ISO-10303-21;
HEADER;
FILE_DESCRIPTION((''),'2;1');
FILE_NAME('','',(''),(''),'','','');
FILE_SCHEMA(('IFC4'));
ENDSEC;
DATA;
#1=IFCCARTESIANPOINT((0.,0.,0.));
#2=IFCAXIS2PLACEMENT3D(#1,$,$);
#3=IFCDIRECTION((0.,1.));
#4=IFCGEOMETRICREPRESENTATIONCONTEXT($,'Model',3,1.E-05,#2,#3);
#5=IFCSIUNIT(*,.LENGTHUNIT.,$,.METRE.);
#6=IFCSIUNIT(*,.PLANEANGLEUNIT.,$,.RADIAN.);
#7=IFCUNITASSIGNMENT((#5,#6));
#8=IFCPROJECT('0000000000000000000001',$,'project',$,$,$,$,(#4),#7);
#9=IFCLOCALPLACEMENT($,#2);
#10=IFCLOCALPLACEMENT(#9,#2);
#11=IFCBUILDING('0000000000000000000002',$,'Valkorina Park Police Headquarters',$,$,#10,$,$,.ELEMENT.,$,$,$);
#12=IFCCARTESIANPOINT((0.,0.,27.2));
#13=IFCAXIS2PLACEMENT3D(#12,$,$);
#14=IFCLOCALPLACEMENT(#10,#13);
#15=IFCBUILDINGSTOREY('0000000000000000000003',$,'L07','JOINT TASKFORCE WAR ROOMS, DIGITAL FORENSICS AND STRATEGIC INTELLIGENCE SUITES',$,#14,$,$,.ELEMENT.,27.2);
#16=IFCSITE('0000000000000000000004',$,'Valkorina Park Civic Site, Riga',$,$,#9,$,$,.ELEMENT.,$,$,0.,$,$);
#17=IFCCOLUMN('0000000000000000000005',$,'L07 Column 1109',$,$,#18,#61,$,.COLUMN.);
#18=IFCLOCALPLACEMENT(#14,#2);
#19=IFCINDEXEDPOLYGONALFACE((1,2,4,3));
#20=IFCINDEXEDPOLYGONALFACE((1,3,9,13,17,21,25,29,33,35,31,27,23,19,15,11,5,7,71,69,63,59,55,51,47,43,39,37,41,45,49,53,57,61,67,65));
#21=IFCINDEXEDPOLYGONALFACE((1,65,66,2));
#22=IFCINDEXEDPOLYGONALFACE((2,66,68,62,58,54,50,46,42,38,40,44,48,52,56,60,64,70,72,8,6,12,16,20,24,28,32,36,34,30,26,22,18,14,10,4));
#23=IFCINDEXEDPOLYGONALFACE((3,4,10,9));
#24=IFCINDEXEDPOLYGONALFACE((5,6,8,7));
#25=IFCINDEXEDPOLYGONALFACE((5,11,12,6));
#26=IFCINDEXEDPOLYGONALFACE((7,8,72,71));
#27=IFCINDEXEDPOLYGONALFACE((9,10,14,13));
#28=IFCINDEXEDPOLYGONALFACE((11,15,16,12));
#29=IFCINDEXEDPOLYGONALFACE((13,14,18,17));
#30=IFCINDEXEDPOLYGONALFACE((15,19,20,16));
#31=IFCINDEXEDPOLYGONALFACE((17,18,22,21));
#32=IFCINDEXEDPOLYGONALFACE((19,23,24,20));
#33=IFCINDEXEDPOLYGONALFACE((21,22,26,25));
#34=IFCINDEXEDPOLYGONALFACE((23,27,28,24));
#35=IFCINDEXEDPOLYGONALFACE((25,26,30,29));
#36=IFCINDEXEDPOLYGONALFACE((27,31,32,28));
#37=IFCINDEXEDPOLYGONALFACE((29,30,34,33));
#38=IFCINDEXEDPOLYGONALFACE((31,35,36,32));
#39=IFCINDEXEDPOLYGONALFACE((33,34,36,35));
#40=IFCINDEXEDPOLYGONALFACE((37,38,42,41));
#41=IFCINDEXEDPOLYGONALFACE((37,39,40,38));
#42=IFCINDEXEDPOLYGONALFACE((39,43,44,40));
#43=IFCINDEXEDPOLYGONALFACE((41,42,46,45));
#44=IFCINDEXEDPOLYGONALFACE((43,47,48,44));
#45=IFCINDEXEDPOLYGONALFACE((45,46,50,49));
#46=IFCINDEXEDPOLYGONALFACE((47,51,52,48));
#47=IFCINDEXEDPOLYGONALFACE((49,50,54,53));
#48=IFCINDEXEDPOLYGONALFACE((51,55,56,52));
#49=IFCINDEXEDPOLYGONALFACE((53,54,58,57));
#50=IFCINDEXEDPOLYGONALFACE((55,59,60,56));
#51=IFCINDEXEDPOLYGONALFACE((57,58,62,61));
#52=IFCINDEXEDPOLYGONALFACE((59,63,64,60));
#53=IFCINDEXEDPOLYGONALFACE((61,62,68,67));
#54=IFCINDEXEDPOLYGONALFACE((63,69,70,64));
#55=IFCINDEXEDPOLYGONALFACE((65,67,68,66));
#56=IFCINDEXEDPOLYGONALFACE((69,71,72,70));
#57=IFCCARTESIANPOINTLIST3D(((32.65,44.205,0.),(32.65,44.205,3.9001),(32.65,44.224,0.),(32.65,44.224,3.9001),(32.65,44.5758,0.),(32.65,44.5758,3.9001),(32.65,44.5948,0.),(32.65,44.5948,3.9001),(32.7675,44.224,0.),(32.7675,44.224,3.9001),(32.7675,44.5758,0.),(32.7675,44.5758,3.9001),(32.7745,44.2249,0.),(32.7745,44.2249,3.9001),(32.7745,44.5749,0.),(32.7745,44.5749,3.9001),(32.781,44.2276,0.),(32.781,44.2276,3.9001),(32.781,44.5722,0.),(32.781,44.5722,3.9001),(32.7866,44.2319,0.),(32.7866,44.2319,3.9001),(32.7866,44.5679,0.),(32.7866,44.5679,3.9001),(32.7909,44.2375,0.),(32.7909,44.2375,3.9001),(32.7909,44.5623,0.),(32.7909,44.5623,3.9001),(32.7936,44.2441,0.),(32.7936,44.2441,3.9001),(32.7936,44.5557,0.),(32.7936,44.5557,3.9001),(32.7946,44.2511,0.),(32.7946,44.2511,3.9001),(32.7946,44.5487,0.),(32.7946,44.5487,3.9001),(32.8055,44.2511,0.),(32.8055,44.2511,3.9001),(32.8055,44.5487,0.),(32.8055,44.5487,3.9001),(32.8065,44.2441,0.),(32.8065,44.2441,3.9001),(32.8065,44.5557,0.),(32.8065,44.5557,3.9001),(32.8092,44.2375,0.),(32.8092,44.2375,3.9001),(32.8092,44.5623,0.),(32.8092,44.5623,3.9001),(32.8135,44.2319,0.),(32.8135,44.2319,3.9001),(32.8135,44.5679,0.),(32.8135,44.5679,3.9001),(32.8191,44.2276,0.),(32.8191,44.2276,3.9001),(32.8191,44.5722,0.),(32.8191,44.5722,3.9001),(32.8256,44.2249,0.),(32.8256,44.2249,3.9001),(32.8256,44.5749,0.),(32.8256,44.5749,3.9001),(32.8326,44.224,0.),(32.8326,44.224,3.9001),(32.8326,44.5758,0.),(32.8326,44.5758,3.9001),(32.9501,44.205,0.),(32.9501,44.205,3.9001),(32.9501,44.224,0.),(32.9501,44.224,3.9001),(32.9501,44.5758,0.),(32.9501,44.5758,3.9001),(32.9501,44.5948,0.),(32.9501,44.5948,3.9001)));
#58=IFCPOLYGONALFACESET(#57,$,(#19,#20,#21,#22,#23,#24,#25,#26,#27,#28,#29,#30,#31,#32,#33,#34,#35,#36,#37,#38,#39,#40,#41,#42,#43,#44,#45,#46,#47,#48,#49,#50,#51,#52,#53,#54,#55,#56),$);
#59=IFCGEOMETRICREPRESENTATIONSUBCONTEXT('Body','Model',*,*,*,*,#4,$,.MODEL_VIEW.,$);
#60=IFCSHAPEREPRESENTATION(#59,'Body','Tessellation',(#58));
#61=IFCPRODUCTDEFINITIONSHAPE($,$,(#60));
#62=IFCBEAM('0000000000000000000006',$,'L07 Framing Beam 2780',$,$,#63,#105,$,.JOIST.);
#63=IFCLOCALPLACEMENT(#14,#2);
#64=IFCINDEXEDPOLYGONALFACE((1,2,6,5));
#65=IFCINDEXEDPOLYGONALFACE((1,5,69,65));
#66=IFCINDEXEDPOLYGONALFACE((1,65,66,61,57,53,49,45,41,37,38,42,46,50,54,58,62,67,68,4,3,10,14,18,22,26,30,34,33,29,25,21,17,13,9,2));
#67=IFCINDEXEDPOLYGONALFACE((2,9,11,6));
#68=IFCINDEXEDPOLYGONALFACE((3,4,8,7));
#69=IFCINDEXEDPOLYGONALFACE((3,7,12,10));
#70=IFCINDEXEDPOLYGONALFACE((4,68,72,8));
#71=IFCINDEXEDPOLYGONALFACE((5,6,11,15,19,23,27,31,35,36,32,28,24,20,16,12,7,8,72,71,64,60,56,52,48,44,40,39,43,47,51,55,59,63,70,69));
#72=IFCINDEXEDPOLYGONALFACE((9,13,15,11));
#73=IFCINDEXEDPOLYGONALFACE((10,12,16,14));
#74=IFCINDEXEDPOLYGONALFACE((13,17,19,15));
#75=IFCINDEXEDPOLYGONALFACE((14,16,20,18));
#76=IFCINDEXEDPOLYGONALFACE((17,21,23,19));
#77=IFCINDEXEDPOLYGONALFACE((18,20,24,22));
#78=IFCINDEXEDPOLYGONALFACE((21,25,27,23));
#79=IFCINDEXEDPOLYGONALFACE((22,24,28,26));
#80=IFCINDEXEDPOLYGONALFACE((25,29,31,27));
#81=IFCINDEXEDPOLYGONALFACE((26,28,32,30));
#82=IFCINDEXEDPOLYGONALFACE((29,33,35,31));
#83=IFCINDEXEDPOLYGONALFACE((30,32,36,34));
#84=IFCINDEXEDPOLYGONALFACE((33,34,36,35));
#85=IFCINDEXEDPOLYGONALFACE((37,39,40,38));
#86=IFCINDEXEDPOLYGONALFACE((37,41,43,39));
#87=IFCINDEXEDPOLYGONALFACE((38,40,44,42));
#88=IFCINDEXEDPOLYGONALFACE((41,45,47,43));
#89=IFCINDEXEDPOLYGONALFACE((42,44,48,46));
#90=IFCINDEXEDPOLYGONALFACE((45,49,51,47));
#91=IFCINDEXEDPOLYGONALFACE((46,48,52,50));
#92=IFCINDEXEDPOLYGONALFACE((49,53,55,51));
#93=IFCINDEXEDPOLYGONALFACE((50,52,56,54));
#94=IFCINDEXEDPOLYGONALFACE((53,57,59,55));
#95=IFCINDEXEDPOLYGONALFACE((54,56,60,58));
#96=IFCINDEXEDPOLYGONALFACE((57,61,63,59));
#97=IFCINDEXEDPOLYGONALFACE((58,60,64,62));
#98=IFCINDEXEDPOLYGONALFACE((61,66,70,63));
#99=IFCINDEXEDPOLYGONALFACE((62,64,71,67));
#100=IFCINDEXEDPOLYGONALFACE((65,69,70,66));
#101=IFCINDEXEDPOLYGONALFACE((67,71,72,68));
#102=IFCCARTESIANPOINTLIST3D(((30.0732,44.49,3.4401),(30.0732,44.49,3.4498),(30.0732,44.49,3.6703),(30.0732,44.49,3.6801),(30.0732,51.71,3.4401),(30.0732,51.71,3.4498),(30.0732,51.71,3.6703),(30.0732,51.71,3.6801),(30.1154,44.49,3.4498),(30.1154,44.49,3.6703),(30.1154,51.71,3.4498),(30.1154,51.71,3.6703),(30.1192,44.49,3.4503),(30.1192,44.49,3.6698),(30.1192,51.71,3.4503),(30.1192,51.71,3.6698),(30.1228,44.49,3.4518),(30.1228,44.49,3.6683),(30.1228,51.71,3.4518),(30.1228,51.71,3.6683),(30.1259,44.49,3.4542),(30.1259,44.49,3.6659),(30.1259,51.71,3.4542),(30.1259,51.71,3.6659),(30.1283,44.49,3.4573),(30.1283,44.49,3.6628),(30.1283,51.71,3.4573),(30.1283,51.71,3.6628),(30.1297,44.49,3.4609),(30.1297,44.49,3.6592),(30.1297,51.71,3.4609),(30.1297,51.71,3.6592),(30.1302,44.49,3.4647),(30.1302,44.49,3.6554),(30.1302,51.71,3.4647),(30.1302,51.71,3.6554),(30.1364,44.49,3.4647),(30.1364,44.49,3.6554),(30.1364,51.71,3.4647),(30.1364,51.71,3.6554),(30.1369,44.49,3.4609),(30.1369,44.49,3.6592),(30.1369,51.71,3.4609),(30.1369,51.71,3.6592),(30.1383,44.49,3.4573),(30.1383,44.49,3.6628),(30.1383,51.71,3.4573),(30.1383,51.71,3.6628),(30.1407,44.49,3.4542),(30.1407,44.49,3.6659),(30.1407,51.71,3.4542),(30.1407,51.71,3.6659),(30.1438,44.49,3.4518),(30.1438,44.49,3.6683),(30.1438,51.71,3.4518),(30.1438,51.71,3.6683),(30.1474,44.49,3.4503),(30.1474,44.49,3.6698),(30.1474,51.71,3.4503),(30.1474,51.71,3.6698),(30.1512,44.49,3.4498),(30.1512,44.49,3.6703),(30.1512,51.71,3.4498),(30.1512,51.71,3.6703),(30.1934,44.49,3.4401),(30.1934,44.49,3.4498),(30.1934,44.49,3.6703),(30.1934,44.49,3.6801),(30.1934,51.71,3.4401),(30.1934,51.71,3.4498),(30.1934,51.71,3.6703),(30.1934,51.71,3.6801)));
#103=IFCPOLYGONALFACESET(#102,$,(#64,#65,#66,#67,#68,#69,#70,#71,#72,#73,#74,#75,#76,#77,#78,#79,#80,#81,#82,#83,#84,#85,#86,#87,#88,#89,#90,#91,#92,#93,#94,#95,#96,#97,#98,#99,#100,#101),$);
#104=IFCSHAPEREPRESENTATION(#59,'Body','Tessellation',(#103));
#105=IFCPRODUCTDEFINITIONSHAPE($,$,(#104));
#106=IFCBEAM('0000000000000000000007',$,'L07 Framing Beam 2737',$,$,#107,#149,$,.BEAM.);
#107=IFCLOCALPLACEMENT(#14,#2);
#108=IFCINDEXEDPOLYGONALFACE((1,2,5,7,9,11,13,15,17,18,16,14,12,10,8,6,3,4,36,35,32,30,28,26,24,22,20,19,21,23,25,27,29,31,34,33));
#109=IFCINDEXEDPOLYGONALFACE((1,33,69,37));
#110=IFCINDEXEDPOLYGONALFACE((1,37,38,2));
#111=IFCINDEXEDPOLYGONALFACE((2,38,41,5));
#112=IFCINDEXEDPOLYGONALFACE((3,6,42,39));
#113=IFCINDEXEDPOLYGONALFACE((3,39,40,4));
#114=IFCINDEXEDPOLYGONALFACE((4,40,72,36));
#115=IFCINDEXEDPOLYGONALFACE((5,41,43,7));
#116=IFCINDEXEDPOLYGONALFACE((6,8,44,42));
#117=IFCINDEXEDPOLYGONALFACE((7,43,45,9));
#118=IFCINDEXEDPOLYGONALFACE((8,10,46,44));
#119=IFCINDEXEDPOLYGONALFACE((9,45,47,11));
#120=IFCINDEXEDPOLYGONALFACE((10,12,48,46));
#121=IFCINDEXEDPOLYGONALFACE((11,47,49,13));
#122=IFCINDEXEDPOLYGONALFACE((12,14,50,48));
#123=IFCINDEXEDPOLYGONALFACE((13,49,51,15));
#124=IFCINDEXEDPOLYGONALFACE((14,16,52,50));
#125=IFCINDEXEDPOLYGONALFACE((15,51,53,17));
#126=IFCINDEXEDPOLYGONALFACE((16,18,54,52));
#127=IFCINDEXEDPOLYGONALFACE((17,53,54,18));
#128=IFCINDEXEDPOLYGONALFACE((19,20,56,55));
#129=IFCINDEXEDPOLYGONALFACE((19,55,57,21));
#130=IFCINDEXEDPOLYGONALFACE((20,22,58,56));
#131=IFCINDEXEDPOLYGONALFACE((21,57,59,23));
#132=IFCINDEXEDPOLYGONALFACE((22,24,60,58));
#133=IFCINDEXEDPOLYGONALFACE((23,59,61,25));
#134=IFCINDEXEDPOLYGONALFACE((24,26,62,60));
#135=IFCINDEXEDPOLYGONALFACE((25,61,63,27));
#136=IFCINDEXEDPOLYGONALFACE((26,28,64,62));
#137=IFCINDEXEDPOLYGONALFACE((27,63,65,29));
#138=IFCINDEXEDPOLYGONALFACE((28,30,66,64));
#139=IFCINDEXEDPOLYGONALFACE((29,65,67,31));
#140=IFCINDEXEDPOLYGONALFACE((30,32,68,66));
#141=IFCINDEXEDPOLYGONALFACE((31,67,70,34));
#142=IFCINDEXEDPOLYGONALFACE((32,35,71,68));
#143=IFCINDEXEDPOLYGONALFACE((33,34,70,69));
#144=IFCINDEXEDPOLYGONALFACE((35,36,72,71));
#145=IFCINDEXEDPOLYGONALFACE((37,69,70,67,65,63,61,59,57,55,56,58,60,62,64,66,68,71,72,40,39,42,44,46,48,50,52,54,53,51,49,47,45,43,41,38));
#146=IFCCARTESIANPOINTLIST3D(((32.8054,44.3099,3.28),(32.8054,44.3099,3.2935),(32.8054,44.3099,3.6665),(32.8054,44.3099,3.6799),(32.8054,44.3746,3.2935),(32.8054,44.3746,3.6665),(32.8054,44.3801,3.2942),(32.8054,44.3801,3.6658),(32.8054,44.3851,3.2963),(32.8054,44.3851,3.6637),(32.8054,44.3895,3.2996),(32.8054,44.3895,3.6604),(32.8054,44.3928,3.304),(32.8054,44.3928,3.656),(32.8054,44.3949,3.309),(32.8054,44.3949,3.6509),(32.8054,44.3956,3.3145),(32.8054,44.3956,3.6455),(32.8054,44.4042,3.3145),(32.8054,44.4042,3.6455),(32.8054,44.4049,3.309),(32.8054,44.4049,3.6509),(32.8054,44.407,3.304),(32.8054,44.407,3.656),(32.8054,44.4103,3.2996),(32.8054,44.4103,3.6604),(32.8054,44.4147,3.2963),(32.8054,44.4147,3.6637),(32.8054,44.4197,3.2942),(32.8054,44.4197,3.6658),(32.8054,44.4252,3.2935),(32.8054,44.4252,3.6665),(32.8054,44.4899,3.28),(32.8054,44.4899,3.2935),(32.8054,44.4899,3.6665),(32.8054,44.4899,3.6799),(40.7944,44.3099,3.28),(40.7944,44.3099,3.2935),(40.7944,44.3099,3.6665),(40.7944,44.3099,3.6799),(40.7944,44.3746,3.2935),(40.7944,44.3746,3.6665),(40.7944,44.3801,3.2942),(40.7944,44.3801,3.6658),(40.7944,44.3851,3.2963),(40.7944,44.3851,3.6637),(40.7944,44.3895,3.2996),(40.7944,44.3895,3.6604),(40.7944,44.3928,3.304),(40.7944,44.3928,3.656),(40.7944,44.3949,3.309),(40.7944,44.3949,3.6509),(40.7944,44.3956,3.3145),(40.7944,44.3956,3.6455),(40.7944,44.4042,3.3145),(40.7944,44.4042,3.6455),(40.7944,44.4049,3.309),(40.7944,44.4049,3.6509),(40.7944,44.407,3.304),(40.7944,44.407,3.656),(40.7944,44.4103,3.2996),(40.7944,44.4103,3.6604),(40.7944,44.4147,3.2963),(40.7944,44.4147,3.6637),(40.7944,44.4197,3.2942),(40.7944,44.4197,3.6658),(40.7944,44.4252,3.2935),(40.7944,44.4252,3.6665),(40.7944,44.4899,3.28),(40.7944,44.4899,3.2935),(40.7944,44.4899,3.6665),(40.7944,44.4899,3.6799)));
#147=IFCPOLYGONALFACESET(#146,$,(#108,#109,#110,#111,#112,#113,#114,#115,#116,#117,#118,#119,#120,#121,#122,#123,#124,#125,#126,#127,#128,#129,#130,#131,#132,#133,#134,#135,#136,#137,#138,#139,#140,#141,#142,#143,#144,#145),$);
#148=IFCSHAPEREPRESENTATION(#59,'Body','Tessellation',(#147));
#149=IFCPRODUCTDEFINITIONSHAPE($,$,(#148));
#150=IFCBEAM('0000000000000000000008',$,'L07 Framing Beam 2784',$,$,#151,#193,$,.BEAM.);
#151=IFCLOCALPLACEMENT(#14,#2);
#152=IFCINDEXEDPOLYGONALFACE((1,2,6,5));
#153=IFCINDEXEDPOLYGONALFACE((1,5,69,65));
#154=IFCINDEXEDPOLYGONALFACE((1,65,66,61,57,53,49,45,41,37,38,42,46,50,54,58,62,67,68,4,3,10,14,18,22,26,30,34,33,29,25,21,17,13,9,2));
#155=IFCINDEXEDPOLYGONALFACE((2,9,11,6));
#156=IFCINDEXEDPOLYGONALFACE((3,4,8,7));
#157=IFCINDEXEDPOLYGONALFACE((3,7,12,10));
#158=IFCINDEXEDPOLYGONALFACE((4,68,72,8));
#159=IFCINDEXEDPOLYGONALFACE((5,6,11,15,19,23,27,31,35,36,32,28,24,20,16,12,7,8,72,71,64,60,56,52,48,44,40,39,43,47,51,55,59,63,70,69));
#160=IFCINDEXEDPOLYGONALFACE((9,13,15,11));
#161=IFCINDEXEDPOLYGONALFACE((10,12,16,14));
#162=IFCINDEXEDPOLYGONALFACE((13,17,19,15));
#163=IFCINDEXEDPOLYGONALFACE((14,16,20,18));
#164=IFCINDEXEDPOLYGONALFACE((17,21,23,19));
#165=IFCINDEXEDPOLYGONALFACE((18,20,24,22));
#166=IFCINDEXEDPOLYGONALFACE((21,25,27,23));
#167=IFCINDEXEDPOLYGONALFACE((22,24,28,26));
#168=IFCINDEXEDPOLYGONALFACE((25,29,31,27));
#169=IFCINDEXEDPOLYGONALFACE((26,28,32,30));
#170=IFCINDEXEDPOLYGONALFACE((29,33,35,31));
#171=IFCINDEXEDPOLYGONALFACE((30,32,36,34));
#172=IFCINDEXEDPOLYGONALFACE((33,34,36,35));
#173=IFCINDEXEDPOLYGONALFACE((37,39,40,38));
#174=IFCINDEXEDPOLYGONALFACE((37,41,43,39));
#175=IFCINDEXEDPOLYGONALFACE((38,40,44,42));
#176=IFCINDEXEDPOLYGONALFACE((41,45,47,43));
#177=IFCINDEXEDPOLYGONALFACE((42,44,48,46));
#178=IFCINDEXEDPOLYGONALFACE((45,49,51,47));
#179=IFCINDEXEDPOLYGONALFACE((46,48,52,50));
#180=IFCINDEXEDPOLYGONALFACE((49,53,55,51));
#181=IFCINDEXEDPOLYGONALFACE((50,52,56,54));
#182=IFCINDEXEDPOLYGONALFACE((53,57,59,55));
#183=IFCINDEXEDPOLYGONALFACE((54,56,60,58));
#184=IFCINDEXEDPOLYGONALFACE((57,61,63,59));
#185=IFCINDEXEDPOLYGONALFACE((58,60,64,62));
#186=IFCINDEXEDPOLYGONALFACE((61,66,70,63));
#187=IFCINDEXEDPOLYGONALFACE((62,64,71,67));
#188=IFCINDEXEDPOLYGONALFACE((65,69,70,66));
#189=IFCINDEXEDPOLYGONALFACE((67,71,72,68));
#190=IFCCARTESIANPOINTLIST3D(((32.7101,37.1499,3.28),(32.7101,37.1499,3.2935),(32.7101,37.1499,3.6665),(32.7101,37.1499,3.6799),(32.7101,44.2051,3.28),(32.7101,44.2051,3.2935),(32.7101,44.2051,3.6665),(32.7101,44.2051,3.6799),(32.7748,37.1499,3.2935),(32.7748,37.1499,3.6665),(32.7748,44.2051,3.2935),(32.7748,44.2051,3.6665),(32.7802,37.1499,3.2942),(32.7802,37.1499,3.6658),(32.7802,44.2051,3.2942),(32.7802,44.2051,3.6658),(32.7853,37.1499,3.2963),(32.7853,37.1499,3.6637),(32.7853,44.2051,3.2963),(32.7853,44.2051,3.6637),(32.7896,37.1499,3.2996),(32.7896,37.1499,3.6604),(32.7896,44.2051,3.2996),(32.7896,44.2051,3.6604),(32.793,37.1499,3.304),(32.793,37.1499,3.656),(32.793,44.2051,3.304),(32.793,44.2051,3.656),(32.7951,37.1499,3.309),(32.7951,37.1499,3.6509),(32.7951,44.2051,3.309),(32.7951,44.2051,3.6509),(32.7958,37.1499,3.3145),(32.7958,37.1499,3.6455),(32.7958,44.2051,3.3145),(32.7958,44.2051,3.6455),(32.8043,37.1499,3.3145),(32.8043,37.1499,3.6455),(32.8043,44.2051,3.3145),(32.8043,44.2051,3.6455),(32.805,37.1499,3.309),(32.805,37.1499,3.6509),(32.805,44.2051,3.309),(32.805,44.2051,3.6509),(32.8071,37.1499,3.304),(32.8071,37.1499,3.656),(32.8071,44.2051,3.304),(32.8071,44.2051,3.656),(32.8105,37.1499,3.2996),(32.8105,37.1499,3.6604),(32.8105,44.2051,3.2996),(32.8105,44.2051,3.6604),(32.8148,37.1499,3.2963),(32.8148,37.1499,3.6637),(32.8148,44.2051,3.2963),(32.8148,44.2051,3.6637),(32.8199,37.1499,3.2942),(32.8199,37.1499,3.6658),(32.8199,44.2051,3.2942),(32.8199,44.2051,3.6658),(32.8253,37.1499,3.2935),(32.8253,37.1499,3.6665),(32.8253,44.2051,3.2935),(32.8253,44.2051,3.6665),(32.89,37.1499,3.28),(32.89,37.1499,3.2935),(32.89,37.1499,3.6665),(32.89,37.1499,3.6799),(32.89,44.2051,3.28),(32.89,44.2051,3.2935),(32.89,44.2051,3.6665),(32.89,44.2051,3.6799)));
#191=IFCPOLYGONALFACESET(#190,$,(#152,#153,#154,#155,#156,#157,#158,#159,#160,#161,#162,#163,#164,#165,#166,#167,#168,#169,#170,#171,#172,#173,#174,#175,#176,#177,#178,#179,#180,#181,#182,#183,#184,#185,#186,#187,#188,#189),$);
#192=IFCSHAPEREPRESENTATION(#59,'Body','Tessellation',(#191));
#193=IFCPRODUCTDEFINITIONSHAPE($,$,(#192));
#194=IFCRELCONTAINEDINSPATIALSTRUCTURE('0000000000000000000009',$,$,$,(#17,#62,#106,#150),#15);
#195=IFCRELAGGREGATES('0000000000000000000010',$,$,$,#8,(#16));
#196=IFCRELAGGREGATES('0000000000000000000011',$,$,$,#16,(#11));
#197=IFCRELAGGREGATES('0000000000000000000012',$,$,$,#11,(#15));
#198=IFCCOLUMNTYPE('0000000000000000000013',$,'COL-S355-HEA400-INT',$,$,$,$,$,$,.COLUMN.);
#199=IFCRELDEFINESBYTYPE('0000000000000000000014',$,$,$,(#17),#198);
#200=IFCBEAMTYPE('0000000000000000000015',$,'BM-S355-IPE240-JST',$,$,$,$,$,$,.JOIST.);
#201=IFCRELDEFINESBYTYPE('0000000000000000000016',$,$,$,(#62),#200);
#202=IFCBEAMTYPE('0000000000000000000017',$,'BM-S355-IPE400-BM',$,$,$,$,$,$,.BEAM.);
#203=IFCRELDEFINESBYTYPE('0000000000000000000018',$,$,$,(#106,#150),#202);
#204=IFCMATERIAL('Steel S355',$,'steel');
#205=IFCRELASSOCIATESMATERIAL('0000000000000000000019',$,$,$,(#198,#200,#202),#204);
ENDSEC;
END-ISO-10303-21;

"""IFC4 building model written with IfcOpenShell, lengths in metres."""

from ifc_helpers import new_model, si_unit, direction, frame, origin, origin_2d, place, context, subcontext, project, spatial, i_section, extrude, material, material_profile, profile_set, type_object, element, save


model = new_model("IFC4")

# Units and contexts
model_context = context("Model", 3, precision=1e-05, world=origin(), true_north=direction((0.0, 1.0)))
body_context = subcontext(model_context, "Body", "Model", "MODEL_VIEW")
ifc_project = project(units=[si_unit("LENGTHUNIT", "METRE"), si_unit("PLANEANGLEUNIT", "RADIAN")], contexts=[model_context])

# Site, building, storey
site_placement = place(None, origin())
site = spatial("IfcSite", under=ifc_project, at=site_placement, Name="Valkorina Park Civic Site, Riga", CompositionType="ELEMENT", RefElevation=0.0)
building_placement = place(site_placement, origin())
building = spatial("IfcBuilding", under=site, at=building_placement, Name="Valkorina Park Police Headquarters", CompositionType="ELEMENT")
storey_placement = place(building_placement, frame((0.0, 0.0, 27.2)))
storey = spatial("IfcBuildingStorey", under=building, at=storey_placement, Name="L07", Description="JOINT TASKFORCE WAR ROOMS, DIGITAL FORENSICS AND STRATEGIC INTELLIGENCE SUITES", CompositionType="ELEMENT", Elevation=27.2)

# Column
ifc_material_1 = material(Name="Steel S355", Category="steel")
ifc_material_profile_1 = material_profile(ifc_material_1, i_section(OverallWidth=0.3, OverallDepth=0.3899, WebThickness=0.011, FlangeThickness=0.019, FilletRadius=0.0271, at=origin_2d()), Name="HEA 400")
ifc_profile_set_1 = profile_set([ifc_material_profile_1], Name="Steel S355")
column_type = type_object("IfcColumnType", Name="COL-S355-HEA400-INT", PredefinedType="COLUMN", material=ifc_profile_set_1)
column_placement = place(storey_placement, frame((32.8, 44.3999, 0.0), z_axis=(0.0, 0.0, 1.0), x_axis=(1.0, 0.0, 0.0)))
element("IfcColumn", 1, at=column_placement, inside=storey, type_object=column_type, Name="L07 Column 1109", PredefinedType="COLUMN", context=body_context, shape_type="SweptSolid", body=[
    extrude(i_section(OverallWidth=0.3, OverallDepth=0.3899, WebThickness=0.011, FlangeThickness=0.019, FilletRadius=0.0271, at=origin_2d()), origin(), (0.0, 0.0, 1.0), 3.9001),
])

# Beams
ifc_material_profile_2 = material_profile(ifc_material_1, i_section(OverallWidth=0.1201, OverallDepth=0.24, WebThickness=0.0061, FlangeThickness=0.0098, FilletRadius=0.0149, at=origin_2d()), Name="IPE 240")
ifc_profile_set_2 = profile_set([ifc_material_profile_2], Name="Steel S355")
beam_type_1 = type_object("IfcBeamType", Name="BM-S355-IPE240-JST", PredefinedType="JOIST", material=ifc_profile_set_2)
beam_1_placement = place(storey_placement, frame((30.1333, 44.49, 3.5601), z_axis=(0.0, 1.0, 0.0), x_axis=(-1.0, 0.0, 0.0)))
element("IfcBeam", 2, at=beam_1_placement, inside=storey, type_object=beam_type_1, Name="L07 Framing Beam 2780", PredefinedType="JOIST", context=body_context, shape_type="SweptSolid", body=[
    extrude(i_section(OverallWidth=0.1201, OverallDepth=0.24, WebThickness=0.0061, FlangeThickness=0.0098, FilletRadius=0.0149, at=origin_2d()), origin(), (0.0, 0.0, 1.0), 7.22),
])
ifc_material_profile_3 = material_profile(ifc_material_1, i_section(OverallWidth=0.1799, OverallDepth=0.3999, WebThickness=0.0085, FlangeThickness=0.0134, FilletRadius=0.021, at=origin_2d()), Name="IPE 400")
ifc_profile_set_3 = profile_set([ifc_material_profile_3], Name="Steel S355")
beam_type_2 = type_object("IfcBeamType", Name="BM-S355-IPE400-BM", PredefinedType="BEAM", material=ifc_profile_set_3)
beam_2_placement = place(storey_placement, frame((32.8054, 44.3999, 3.48), z_axis=(1.0, 0.0, 0.0), x_axis=(0.0, 1.0, 0.0)))
element("IfcBeam", 3, at=beam_2_placement, inside=storey, type_object=beam_type_2, Name="L07 Framing Beam 2737", PredefinedType="BEAM", context=body_context, shape_type="SweptSolid", body=[
    extrude(i_section(OverallWidth=0.1799, OverallDepth=0.3999, WebThickness=0.0085, FlangeThickness=0.0134, FilletRadius=0.021, at=origin_2d()), origin(), (0.0, 0.0, 1.0), 7.989),
])
beam_3_placement = place(storey_placement, frame((32.8, 37.1499, 3.48), z_axis=(0.0, 1.0, 0.0), x_axis=(-1.0, 0.0, 0.0)))
element("IfcBeam", 4, at=beam_3_placement, inside=storey, type_object=beam_type_2, Name="L07 Framing Beam 2784", PredefinedType="BEAM", context=body_context, shape_type="SweptSolid", body=[
    extrude(i_section(OverallWidth=0.1799, OverallDepth=0.3999, WebThickness=0.0085, FlangeThickness=0.0134, FilletRadius=0.021, at=origin_2d()), origin(), (0.0, 0.0, 1.0), 7.0552),
])

save(model, "model.ifc")
